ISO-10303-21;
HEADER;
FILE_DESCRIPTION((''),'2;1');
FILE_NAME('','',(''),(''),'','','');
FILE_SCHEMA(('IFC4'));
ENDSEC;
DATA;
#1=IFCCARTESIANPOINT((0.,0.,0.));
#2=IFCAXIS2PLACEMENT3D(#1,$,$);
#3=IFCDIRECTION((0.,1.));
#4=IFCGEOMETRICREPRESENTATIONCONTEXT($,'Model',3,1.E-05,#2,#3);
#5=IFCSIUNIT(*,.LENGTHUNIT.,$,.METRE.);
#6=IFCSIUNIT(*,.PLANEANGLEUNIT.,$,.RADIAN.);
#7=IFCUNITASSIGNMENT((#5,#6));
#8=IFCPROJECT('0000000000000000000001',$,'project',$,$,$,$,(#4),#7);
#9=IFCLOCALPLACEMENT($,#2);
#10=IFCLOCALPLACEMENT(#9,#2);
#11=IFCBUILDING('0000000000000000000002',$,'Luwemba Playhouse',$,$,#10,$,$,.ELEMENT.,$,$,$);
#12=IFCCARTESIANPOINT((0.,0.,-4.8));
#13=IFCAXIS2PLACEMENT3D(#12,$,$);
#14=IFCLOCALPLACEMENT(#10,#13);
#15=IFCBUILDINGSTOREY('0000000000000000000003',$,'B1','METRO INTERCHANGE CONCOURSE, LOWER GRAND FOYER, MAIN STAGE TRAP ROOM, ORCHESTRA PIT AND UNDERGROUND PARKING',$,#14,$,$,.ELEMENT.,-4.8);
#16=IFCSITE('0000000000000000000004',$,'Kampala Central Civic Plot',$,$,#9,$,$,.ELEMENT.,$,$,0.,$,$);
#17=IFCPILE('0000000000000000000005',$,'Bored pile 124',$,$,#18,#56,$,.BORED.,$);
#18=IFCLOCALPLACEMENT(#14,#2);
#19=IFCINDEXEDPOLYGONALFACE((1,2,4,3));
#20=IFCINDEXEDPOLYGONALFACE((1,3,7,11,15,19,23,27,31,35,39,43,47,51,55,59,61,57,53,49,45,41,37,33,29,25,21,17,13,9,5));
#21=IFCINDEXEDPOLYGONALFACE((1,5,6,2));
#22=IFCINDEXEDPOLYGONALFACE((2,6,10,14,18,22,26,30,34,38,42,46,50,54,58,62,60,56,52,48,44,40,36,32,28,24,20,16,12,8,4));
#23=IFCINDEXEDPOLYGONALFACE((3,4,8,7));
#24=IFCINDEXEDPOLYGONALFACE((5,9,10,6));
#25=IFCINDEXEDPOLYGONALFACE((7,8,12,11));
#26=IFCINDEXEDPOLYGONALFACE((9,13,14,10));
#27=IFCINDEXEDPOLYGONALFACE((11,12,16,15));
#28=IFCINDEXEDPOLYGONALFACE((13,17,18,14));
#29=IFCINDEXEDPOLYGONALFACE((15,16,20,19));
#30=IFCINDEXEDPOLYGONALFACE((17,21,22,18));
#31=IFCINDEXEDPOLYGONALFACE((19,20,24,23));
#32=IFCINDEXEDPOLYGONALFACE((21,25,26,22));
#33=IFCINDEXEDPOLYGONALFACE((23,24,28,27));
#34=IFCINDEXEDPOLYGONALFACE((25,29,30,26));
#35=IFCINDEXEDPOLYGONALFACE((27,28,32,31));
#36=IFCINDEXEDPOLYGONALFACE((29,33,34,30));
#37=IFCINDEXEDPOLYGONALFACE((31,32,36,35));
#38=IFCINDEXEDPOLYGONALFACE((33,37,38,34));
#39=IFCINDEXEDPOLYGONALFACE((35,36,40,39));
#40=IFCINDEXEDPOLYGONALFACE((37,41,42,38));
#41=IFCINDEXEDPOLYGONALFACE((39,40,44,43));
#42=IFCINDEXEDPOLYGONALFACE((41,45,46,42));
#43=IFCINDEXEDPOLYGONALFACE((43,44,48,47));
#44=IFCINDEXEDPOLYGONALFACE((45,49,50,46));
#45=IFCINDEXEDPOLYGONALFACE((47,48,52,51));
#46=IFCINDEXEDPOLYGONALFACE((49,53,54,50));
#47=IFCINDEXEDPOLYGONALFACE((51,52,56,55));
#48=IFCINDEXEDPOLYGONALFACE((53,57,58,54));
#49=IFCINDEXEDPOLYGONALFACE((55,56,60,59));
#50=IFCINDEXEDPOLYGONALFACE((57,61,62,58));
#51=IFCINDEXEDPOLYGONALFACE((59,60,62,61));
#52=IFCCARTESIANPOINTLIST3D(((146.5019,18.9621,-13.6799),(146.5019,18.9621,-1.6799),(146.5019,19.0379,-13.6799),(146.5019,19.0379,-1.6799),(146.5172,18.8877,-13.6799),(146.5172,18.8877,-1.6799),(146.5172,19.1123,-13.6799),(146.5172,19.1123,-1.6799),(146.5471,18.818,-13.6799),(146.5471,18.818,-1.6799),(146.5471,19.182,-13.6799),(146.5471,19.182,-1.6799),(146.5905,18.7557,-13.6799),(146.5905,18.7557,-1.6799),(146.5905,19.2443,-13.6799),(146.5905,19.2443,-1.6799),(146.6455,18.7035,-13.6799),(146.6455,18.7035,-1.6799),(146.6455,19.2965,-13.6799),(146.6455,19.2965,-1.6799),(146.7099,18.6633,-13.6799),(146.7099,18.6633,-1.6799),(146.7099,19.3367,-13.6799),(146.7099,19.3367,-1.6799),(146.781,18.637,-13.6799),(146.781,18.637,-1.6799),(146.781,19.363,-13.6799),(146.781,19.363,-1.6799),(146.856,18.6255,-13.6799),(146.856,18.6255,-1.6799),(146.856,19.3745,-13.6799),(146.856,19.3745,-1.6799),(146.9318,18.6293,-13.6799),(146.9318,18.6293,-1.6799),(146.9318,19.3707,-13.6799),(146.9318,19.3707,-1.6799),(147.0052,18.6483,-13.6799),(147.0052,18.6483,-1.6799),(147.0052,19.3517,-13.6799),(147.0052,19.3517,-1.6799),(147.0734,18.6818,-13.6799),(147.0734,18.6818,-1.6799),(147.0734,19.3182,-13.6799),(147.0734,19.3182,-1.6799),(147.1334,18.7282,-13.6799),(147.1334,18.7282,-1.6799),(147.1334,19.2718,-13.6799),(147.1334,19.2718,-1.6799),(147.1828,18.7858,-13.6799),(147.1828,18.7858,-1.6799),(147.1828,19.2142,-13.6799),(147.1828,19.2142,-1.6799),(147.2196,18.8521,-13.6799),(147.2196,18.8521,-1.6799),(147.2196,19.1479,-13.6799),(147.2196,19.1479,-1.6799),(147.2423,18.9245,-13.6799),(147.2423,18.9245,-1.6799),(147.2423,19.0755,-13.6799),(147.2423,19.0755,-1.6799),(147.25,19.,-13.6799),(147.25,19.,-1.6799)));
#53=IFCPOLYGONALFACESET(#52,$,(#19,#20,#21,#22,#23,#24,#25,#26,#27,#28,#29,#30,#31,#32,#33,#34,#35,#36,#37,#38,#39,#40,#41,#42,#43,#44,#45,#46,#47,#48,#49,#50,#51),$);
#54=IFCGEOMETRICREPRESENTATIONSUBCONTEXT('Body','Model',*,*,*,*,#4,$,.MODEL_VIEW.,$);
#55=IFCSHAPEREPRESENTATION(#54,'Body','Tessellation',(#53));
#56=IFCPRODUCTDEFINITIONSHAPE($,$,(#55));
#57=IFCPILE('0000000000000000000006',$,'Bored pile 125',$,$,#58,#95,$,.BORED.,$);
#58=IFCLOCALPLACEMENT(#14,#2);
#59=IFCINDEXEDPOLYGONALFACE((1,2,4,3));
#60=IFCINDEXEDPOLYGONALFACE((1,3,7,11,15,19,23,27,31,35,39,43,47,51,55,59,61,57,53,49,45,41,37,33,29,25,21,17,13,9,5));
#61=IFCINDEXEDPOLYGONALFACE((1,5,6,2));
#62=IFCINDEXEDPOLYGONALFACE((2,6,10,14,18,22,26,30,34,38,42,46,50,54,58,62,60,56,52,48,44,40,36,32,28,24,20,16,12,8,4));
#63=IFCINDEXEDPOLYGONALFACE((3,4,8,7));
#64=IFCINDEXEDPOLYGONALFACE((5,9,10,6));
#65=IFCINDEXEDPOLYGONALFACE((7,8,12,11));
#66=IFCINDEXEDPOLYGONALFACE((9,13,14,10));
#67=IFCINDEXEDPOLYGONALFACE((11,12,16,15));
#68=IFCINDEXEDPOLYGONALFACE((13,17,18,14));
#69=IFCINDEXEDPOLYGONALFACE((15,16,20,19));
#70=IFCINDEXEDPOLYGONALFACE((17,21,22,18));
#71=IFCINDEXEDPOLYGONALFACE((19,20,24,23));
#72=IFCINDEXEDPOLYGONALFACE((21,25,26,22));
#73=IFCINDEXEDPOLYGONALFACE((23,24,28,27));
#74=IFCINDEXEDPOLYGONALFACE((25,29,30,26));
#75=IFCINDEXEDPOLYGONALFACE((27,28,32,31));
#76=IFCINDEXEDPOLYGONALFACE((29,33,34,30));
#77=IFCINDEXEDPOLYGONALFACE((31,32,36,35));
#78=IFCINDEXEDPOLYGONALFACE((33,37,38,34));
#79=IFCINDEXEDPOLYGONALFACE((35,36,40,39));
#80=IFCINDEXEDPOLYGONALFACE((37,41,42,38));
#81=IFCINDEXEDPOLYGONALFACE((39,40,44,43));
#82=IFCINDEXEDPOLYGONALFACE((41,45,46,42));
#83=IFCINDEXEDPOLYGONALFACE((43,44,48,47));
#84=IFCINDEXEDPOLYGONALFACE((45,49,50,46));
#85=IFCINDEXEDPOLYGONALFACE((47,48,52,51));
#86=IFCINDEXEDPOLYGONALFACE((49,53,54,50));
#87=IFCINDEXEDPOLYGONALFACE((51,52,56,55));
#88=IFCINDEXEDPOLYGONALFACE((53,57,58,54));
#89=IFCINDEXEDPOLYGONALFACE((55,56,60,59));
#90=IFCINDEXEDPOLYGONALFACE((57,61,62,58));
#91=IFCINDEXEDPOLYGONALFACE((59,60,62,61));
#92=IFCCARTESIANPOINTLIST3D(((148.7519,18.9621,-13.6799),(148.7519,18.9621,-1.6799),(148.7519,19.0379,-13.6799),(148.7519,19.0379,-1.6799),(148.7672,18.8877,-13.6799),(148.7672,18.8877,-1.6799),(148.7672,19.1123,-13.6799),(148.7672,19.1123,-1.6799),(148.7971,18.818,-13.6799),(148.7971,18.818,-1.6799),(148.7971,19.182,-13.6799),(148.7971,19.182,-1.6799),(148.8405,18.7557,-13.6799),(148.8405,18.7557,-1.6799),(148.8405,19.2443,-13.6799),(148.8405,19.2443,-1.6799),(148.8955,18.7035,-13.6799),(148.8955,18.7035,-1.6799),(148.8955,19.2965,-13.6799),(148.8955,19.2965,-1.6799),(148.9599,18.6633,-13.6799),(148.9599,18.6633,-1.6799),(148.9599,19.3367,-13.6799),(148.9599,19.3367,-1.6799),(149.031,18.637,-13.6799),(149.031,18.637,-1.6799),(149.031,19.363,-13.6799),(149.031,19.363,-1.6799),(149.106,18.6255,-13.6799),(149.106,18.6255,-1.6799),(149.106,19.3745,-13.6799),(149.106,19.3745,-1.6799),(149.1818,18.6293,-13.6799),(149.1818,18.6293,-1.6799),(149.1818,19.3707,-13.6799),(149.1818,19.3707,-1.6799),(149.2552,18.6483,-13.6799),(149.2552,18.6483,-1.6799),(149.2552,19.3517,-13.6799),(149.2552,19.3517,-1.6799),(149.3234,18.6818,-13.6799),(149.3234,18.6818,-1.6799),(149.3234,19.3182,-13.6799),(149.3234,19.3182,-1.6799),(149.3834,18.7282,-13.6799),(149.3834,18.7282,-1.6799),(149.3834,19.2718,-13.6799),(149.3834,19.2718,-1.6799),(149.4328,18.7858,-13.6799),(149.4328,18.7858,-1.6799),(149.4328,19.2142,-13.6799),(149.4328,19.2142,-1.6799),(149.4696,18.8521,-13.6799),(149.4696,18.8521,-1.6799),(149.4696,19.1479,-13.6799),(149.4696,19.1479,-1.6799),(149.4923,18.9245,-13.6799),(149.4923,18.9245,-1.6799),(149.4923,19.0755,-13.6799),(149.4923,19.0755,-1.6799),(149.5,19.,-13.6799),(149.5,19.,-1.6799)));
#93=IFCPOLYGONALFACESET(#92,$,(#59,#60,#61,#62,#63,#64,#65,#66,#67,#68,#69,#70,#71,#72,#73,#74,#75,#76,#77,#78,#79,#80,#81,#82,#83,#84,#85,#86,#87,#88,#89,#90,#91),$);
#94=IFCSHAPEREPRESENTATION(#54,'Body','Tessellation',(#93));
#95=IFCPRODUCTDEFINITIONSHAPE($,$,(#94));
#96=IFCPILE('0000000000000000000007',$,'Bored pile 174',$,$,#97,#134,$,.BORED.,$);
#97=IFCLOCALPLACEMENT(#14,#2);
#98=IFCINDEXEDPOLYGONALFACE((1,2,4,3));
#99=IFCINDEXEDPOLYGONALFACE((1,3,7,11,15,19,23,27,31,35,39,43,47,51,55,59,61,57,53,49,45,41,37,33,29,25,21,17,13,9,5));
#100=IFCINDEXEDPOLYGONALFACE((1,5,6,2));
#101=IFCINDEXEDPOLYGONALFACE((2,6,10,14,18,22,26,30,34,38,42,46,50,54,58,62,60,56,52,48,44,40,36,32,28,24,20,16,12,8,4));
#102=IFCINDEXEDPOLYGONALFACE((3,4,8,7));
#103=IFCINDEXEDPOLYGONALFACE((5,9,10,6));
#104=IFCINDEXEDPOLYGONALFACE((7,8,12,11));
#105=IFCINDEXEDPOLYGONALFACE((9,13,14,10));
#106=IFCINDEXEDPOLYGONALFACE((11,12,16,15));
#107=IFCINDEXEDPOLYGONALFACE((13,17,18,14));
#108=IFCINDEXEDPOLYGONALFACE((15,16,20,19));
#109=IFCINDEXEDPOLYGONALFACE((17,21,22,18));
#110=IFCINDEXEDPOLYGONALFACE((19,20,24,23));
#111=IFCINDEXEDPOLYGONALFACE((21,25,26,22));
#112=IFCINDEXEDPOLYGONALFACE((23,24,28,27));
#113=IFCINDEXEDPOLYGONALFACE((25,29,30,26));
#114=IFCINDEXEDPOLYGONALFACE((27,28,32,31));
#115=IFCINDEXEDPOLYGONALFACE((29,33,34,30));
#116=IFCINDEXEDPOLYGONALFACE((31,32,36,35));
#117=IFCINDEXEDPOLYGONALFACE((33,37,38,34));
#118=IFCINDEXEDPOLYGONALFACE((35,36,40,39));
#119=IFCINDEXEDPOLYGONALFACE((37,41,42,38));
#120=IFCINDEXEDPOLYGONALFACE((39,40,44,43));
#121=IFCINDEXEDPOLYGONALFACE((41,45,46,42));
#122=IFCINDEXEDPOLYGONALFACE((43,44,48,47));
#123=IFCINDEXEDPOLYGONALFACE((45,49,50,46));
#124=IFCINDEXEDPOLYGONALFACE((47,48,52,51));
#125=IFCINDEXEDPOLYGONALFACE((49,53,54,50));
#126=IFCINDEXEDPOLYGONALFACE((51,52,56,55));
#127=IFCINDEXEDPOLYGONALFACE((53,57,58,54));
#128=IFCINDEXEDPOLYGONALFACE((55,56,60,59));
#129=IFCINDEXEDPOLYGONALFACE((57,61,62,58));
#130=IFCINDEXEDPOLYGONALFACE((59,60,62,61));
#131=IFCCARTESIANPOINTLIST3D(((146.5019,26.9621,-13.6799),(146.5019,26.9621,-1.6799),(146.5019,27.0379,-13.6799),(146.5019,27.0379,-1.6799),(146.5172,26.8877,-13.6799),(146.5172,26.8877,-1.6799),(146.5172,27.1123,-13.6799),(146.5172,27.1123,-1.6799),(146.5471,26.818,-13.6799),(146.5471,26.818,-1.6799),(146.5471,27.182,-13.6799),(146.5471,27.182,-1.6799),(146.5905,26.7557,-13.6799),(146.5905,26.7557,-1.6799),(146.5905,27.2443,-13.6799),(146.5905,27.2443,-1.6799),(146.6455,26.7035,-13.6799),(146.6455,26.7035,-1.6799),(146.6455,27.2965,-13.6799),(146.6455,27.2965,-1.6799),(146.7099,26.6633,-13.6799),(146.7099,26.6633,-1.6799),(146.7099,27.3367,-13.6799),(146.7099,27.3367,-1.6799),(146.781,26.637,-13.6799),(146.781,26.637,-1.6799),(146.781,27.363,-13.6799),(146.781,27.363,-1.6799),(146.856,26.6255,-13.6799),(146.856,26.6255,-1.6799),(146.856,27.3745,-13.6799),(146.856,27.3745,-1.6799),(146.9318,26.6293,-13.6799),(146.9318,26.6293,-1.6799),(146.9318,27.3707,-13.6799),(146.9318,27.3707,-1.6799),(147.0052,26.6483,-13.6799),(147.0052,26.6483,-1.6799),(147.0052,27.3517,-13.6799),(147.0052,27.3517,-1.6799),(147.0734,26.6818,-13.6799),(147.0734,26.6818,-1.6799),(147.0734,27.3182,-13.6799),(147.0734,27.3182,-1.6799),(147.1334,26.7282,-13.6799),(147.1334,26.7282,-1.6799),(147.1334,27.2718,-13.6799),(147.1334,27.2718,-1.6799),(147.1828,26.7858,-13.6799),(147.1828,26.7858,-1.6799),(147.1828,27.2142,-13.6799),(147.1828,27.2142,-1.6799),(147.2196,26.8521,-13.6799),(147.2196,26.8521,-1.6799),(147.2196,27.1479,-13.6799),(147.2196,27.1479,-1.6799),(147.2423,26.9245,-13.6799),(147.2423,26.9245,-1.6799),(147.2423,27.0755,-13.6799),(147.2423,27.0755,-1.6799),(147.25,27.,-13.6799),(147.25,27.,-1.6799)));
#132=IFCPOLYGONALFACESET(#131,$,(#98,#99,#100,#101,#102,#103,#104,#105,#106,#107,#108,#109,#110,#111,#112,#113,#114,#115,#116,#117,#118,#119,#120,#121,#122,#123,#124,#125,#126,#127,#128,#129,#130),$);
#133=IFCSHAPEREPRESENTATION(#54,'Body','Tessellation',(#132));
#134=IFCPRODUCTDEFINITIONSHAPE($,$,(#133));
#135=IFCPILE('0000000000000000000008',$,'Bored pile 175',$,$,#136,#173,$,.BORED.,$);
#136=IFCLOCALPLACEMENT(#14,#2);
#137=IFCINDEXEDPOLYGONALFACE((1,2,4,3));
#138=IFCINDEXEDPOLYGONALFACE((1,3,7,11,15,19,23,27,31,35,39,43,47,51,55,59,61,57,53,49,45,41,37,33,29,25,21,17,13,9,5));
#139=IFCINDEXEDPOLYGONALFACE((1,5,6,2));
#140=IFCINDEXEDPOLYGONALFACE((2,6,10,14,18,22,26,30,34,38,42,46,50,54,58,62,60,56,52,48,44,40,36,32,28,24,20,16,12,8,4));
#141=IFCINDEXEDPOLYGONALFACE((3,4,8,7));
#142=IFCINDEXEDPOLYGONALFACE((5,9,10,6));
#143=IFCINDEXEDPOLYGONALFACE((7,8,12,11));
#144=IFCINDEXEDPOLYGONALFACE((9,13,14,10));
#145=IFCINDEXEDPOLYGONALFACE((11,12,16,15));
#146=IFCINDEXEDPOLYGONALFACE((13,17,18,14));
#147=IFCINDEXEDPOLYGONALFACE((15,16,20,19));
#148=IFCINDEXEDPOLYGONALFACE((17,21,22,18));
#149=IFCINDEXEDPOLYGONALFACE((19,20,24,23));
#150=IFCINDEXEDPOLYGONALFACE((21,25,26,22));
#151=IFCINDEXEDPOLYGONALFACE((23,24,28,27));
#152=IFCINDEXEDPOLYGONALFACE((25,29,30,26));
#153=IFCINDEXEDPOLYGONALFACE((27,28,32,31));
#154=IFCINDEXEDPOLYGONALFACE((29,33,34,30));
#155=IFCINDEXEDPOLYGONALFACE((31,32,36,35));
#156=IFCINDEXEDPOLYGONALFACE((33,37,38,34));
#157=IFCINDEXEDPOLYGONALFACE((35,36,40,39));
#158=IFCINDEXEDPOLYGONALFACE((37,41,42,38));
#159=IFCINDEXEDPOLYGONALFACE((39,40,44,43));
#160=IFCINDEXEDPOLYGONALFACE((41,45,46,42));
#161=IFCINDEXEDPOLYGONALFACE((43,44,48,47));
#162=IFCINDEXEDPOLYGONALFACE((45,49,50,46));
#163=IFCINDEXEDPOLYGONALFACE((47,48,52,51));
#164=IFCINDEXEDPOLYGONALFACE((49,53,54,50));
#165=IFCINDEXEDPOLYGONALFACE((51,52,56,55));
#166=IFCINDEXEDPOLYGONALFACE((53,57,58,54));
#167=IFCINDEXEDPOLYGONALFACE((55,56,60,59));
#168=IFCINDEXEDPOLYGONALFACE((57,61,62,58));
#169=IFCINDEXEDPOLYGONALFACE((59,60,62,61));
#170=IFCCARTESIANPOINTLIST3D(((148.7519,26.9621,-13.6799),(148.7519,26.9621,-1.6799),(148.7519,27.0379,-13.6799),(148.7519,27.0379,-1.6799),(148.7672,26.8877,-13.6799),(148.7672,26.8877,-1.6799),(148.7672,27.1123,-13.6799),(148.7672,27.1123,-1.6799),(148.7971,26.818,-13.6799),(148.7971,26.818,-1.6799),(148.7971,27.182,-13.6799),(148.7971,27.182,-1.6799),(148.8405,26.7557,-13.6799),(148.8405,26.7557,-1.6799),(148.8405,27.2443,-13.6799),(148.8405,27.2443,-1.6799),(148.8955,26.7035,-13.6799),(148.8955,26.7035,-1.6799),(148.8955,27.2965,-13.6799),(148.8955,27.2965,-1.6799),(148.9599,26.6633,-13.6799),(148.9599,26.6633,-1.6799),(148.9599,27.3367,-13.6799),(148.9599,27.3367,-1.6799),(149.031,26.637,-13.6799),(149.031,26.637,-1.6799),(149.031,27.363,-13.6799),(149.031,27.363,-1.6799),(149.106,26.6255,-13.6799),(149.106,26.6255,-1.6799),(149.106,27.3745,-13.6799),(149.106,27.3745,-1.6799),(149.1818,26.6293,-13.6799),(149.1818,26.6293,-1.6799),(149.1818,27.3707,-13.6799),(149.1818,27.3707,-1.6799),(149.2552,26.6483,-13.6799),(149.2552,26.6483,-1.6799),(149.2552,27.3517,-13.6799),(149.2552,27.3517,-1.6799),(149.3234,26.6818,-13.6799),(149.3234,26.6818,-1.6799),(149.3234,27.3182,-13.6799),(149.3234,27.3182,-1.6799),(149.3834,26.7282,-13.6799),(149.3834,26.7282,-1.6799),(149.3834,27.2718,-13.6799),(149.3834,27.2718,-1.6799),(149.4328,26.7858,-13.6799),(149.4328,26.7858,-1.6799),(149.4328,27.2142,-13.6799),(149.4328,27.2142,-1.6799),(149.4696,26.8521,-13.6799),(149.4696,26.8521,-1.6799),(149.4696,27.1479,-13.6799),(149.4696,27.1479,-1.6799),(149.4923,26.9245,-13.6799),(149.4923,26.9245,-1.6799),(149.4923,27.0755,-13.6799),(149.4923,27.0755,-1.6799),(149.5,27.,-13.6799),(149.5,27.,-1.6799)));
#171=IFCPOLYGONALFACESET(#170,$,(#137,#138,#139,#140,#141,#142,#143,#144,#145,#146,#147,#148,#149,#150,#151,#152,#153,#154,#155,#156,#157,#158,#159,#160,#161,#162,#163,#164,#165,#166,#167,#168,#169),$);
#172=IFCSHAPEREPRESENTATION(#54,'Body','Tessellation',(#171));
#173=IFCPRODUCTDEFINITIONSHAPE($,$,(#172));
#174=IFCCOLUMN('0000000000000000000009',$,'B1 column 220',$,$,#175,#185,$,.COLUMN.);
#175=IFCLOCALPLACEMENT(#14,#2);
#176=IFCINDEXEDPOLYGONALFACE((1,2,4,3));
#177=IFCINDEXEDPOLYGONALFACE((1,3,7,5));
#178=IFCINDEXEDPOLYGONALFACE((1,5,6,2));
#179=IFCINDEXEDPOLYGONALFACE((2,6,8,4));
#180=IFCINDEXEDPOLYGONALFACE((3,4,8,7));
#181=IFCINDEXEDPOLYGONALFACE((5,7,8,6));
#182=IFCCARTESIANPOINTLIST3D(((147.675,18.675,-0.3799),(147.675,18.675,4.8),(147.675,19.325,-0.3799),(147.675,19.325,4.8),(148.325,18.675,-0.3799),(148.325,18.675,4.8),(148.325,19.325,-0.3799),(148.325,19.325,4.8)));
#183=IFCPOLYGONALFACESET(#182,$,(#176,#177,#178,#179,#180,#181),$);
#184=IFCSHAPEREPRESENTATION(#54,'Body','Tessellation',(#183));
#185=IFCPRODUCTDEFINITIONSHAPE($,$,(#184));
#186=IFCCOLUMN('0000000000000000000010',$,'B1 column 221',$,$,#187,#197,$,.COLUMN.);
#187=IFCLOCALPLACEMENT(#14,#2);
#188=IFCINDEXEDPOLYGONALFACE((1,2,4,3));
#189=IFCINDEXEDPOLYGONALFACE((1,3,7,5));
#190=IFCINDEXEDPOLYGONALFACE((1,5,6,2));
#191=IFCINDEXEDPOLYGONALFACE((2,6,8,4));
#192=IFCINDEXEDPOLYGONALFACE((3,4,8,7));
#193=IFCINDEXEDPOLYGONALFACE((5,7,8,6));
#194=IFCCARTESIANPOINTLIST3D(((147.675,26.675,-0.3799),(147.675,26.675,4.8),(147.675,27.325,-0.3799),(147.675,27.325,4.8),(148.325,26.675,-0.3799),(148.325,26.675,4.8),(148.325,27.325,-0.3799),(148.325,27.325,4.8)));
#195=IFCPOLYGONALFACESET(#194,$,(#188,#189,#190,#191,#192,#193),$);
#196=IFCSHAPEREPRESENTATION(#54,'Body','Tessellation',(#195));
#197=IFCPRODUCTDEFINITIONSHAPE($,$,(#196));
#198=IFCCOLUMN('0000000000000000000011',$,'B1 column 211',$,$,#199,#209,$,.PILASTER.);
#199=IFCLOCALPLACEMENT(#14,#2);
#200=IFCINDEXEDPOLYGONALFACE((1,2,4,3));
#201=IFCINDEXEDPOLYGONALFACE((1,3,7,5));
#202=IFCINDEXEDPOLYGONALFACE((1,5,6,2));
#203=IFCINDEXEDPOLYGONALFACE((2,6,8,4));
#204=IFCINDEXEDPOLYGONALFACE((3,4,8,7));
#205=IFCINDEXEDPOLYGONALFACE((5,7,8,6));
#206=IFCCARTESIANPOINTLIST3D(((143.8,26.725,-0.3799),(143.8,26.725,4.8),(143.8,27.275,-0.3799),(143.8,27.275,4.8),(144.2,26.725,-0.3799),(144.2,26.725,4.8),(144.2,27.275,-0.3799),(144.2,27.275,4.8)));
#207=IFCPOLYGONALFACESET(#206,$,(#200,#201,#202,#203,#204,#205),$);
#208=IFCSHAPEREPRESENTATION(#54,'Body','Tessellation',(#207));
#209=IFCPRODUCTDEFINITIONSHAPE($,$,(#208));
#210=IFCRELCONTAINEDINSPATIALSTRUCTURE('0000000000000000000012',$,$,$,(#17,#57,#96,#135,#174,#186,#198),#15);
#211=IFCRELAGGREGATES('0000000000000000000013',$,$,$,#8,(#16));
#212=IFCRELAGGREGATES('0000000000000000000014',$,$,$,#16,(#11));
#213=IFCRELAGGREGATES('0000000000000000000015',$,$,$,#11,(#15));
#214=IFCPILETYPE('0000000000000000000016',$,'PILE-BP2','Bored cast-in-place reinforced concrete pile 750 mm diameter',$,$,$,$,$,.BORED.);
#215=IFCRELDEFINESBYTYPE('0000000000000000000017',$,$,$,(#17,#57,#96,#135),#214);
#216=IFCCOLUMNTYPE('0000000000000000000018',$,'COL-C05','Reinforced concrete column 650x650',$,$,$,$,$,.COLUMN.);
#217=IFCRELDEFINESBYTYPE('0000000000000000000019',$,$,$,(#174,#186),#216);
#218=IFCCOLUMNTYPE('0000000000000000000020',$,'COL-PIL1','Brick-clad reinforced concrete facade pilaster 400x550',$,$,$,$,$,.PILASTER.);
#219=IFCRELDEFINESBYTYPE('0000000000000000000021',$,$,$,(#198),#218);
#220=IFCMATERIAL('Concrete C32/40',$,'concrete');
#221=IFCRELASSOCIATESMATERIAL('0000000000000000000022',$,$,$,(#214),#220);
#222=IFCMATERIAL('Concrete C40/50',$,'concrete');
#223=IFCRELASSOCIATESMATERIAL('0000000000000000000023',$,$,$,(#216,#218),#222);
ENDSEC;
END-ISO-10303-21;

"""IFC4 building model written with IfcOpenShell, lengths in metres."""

from ifc_helpers import new_model, si_unit, direction, frame, origin, origin_2d, place, context, subcontext, project, spatial, rectangle, circle, extrude, material, material_profile, profile_set, type_object, element, save


model = new_model("IFC4")

# Units and contexts
model_context = context("Model", 3, precision=1e-05, world=origin(), true_north=direction((0.0, 1.0)))
body_context = subcontext(model_context, "Body", "Model", "MODEL_VIEW")
ifc_project = project(units=[si_unit("LENGTHUNIT", "METRE"), si_unit("PLANEANGLEUNIT", "RADIAN")], contexts=[model_context])

# Site, building, storey
site_placement = place(None, origin())
site = spatial("IfcSite", under=ifc_project, at=site_placement, Name="Kampala Central Civic Plot", CompositionType="ELEMENT", RefElevation=0.0)
building_placement = place(site_placement, origin())
building = spatial("IfcBuilding", under=site, at=building_placement, Name="Luwemba Playhouse", CompositionType="ELEMENT")
storey_placement = place(building_placement, frame((0.0, 0.0, -4.8)))
storey = spatial("IfcBuildingStorey", under=building, at=storey_placement, Name="B1", Description="METRO INTERCHANGE CONCOURSE, LOWER GRAND FOYER, MAIN STAGE TRAP ROOM, ORCHESTRA PIT AND UNDERGROUND PARKING", CompositionType="ELEMENT", Elevation=-4.8)

# Shared definitions
ifc_material_1 = material(Name="Concrete C32/40", Category="concrete")

# Piles
ifc_material_profile_1 = material_profile(ifc_material_1, circle(Radius=0.375, at=origin_2d()))
ifc_profile_set_1 = profile_set([ifc_material_profile_1], Name="Concrete C32/40")
pile_type_1 = type_object("IfcPileType", Name="PILE-BP2", Description="Bored cast-in-place reinforced concrete pile 750 mm diameter", PredefinedType="BORED", material=ifc_profile_set_1)
for number, where, z_axis, x_axis, name in (
    (1, (146.875, 19.0, -1.6799), (0.0, 0.0, -1.0), (1.0, 0.0, 0.0), "Bored pile 124"),
    (2, (149.125, 19.0, -1.6799), (0.0, 0.0, -1.0), (1.0, 0.0, 0.0), "Bored pile 125"),
    (3, (146.875, 27.0, -1.6799), (0.0, 0.0, -1.0), (1.0, 0.0, 0.0), "Bored pile 174"),
    (4, (149.125, 27.0, -1.6799), (0.0, 0.0, -1.0), (1.0, 0.0, 0.0), "Bored pile 175"),
):
    element("IfcPile", number, at=place(storey_placement, frame(where, z_axis=z_axis, x_axis=x_axis)), inside=storey, type_object=pile_type_1, Name=name, PredefinedType="BORED", context=body_context, shape_type="SweptSolid", body=[
        extrude(circle(Radius=0.375, at=origin_2d()), origin(), (0.0, 0.0, 1.0), 12.0),
    ])

# Columns
ifc_material_2 = material(Name="Concrete C40/50", Category="concrete")
ifc_material_profile_2 = material_profile(ifc_material_2, rectangle(XDim=0.6499, YDim=0.6499, at=origin_2d()))
ifc_profile_set_2 = profile_set([ifc_material_profile_2], Name="Concrete C40/50")
column_type_1 = type_object("IfcColumnType", Name="COL-C05", Description="Reinforced concrete column 650x650", PredefinedType="COLUMN", material=ifc_profile_set_2)
for number, where, z_axis, x_axis, name in (
    (5, (148.0, 19.0, -0.3799), (0.0, 0.0, 1.0), (1.0, 0.0, 0.0), "B1 column 220"),
    (6, (148.0, 27.0, -0.3799), (0.0, 0.0, 1.0), (1.0, 0.0, 0.0), "B1 column 221"),
):
    element("IfcColumn", number, at=place(storey_placement, frame(where, z_axis=z_axis, x_axis=x_axis)), inside=storey, type_object=column_type_1, Name=name, PredefinedType="COLUMN", context=body_context, shape_type="SweptSolid", body=[
        extrude(rectangle(XDim=0.6499, YDim=0.6499, at=origin_2d()), origin(), (0.0, 0.0, 1.0), 5.1799),
    ])
ifc_material_profile_3 = material_profile(ifc_material_2, rectangle(XDim=0.3999, YDim=0.55, at=origin_2d()))
ifc_profile_set_3 = profile_set([ifc_material_profile_3], Name="Concrete C40/50")
column_type_2 = type_object("IfcColumnType", Name="COL-PIL1", Description="Brick-clad reinforced concrete facade pilaster 400x550", PredefinedType="PILASTER", material=ifc_profile_set_3)
column_placement = place(storey_placement, frame((144.0, 27.0, -0.3799), z_axis=(0.0, 0.0, 1.0), x_axis=(1.0, 0.0, 0.0)))
element("IfcColumn", 7, at=column_placement, inside=storey, type_object=column_type_2, Name="B1 column 211", PredefinedType="PILASTER", context=body_context, shape_type="SweptSolid", body=[
    extrude(rectangle(XDim=0.3999, YDim=0.55, at=origin_2d()), origin(), (0.0, 0.0, 1.0), 5.1799),
])

save(model, "model.ifc")
